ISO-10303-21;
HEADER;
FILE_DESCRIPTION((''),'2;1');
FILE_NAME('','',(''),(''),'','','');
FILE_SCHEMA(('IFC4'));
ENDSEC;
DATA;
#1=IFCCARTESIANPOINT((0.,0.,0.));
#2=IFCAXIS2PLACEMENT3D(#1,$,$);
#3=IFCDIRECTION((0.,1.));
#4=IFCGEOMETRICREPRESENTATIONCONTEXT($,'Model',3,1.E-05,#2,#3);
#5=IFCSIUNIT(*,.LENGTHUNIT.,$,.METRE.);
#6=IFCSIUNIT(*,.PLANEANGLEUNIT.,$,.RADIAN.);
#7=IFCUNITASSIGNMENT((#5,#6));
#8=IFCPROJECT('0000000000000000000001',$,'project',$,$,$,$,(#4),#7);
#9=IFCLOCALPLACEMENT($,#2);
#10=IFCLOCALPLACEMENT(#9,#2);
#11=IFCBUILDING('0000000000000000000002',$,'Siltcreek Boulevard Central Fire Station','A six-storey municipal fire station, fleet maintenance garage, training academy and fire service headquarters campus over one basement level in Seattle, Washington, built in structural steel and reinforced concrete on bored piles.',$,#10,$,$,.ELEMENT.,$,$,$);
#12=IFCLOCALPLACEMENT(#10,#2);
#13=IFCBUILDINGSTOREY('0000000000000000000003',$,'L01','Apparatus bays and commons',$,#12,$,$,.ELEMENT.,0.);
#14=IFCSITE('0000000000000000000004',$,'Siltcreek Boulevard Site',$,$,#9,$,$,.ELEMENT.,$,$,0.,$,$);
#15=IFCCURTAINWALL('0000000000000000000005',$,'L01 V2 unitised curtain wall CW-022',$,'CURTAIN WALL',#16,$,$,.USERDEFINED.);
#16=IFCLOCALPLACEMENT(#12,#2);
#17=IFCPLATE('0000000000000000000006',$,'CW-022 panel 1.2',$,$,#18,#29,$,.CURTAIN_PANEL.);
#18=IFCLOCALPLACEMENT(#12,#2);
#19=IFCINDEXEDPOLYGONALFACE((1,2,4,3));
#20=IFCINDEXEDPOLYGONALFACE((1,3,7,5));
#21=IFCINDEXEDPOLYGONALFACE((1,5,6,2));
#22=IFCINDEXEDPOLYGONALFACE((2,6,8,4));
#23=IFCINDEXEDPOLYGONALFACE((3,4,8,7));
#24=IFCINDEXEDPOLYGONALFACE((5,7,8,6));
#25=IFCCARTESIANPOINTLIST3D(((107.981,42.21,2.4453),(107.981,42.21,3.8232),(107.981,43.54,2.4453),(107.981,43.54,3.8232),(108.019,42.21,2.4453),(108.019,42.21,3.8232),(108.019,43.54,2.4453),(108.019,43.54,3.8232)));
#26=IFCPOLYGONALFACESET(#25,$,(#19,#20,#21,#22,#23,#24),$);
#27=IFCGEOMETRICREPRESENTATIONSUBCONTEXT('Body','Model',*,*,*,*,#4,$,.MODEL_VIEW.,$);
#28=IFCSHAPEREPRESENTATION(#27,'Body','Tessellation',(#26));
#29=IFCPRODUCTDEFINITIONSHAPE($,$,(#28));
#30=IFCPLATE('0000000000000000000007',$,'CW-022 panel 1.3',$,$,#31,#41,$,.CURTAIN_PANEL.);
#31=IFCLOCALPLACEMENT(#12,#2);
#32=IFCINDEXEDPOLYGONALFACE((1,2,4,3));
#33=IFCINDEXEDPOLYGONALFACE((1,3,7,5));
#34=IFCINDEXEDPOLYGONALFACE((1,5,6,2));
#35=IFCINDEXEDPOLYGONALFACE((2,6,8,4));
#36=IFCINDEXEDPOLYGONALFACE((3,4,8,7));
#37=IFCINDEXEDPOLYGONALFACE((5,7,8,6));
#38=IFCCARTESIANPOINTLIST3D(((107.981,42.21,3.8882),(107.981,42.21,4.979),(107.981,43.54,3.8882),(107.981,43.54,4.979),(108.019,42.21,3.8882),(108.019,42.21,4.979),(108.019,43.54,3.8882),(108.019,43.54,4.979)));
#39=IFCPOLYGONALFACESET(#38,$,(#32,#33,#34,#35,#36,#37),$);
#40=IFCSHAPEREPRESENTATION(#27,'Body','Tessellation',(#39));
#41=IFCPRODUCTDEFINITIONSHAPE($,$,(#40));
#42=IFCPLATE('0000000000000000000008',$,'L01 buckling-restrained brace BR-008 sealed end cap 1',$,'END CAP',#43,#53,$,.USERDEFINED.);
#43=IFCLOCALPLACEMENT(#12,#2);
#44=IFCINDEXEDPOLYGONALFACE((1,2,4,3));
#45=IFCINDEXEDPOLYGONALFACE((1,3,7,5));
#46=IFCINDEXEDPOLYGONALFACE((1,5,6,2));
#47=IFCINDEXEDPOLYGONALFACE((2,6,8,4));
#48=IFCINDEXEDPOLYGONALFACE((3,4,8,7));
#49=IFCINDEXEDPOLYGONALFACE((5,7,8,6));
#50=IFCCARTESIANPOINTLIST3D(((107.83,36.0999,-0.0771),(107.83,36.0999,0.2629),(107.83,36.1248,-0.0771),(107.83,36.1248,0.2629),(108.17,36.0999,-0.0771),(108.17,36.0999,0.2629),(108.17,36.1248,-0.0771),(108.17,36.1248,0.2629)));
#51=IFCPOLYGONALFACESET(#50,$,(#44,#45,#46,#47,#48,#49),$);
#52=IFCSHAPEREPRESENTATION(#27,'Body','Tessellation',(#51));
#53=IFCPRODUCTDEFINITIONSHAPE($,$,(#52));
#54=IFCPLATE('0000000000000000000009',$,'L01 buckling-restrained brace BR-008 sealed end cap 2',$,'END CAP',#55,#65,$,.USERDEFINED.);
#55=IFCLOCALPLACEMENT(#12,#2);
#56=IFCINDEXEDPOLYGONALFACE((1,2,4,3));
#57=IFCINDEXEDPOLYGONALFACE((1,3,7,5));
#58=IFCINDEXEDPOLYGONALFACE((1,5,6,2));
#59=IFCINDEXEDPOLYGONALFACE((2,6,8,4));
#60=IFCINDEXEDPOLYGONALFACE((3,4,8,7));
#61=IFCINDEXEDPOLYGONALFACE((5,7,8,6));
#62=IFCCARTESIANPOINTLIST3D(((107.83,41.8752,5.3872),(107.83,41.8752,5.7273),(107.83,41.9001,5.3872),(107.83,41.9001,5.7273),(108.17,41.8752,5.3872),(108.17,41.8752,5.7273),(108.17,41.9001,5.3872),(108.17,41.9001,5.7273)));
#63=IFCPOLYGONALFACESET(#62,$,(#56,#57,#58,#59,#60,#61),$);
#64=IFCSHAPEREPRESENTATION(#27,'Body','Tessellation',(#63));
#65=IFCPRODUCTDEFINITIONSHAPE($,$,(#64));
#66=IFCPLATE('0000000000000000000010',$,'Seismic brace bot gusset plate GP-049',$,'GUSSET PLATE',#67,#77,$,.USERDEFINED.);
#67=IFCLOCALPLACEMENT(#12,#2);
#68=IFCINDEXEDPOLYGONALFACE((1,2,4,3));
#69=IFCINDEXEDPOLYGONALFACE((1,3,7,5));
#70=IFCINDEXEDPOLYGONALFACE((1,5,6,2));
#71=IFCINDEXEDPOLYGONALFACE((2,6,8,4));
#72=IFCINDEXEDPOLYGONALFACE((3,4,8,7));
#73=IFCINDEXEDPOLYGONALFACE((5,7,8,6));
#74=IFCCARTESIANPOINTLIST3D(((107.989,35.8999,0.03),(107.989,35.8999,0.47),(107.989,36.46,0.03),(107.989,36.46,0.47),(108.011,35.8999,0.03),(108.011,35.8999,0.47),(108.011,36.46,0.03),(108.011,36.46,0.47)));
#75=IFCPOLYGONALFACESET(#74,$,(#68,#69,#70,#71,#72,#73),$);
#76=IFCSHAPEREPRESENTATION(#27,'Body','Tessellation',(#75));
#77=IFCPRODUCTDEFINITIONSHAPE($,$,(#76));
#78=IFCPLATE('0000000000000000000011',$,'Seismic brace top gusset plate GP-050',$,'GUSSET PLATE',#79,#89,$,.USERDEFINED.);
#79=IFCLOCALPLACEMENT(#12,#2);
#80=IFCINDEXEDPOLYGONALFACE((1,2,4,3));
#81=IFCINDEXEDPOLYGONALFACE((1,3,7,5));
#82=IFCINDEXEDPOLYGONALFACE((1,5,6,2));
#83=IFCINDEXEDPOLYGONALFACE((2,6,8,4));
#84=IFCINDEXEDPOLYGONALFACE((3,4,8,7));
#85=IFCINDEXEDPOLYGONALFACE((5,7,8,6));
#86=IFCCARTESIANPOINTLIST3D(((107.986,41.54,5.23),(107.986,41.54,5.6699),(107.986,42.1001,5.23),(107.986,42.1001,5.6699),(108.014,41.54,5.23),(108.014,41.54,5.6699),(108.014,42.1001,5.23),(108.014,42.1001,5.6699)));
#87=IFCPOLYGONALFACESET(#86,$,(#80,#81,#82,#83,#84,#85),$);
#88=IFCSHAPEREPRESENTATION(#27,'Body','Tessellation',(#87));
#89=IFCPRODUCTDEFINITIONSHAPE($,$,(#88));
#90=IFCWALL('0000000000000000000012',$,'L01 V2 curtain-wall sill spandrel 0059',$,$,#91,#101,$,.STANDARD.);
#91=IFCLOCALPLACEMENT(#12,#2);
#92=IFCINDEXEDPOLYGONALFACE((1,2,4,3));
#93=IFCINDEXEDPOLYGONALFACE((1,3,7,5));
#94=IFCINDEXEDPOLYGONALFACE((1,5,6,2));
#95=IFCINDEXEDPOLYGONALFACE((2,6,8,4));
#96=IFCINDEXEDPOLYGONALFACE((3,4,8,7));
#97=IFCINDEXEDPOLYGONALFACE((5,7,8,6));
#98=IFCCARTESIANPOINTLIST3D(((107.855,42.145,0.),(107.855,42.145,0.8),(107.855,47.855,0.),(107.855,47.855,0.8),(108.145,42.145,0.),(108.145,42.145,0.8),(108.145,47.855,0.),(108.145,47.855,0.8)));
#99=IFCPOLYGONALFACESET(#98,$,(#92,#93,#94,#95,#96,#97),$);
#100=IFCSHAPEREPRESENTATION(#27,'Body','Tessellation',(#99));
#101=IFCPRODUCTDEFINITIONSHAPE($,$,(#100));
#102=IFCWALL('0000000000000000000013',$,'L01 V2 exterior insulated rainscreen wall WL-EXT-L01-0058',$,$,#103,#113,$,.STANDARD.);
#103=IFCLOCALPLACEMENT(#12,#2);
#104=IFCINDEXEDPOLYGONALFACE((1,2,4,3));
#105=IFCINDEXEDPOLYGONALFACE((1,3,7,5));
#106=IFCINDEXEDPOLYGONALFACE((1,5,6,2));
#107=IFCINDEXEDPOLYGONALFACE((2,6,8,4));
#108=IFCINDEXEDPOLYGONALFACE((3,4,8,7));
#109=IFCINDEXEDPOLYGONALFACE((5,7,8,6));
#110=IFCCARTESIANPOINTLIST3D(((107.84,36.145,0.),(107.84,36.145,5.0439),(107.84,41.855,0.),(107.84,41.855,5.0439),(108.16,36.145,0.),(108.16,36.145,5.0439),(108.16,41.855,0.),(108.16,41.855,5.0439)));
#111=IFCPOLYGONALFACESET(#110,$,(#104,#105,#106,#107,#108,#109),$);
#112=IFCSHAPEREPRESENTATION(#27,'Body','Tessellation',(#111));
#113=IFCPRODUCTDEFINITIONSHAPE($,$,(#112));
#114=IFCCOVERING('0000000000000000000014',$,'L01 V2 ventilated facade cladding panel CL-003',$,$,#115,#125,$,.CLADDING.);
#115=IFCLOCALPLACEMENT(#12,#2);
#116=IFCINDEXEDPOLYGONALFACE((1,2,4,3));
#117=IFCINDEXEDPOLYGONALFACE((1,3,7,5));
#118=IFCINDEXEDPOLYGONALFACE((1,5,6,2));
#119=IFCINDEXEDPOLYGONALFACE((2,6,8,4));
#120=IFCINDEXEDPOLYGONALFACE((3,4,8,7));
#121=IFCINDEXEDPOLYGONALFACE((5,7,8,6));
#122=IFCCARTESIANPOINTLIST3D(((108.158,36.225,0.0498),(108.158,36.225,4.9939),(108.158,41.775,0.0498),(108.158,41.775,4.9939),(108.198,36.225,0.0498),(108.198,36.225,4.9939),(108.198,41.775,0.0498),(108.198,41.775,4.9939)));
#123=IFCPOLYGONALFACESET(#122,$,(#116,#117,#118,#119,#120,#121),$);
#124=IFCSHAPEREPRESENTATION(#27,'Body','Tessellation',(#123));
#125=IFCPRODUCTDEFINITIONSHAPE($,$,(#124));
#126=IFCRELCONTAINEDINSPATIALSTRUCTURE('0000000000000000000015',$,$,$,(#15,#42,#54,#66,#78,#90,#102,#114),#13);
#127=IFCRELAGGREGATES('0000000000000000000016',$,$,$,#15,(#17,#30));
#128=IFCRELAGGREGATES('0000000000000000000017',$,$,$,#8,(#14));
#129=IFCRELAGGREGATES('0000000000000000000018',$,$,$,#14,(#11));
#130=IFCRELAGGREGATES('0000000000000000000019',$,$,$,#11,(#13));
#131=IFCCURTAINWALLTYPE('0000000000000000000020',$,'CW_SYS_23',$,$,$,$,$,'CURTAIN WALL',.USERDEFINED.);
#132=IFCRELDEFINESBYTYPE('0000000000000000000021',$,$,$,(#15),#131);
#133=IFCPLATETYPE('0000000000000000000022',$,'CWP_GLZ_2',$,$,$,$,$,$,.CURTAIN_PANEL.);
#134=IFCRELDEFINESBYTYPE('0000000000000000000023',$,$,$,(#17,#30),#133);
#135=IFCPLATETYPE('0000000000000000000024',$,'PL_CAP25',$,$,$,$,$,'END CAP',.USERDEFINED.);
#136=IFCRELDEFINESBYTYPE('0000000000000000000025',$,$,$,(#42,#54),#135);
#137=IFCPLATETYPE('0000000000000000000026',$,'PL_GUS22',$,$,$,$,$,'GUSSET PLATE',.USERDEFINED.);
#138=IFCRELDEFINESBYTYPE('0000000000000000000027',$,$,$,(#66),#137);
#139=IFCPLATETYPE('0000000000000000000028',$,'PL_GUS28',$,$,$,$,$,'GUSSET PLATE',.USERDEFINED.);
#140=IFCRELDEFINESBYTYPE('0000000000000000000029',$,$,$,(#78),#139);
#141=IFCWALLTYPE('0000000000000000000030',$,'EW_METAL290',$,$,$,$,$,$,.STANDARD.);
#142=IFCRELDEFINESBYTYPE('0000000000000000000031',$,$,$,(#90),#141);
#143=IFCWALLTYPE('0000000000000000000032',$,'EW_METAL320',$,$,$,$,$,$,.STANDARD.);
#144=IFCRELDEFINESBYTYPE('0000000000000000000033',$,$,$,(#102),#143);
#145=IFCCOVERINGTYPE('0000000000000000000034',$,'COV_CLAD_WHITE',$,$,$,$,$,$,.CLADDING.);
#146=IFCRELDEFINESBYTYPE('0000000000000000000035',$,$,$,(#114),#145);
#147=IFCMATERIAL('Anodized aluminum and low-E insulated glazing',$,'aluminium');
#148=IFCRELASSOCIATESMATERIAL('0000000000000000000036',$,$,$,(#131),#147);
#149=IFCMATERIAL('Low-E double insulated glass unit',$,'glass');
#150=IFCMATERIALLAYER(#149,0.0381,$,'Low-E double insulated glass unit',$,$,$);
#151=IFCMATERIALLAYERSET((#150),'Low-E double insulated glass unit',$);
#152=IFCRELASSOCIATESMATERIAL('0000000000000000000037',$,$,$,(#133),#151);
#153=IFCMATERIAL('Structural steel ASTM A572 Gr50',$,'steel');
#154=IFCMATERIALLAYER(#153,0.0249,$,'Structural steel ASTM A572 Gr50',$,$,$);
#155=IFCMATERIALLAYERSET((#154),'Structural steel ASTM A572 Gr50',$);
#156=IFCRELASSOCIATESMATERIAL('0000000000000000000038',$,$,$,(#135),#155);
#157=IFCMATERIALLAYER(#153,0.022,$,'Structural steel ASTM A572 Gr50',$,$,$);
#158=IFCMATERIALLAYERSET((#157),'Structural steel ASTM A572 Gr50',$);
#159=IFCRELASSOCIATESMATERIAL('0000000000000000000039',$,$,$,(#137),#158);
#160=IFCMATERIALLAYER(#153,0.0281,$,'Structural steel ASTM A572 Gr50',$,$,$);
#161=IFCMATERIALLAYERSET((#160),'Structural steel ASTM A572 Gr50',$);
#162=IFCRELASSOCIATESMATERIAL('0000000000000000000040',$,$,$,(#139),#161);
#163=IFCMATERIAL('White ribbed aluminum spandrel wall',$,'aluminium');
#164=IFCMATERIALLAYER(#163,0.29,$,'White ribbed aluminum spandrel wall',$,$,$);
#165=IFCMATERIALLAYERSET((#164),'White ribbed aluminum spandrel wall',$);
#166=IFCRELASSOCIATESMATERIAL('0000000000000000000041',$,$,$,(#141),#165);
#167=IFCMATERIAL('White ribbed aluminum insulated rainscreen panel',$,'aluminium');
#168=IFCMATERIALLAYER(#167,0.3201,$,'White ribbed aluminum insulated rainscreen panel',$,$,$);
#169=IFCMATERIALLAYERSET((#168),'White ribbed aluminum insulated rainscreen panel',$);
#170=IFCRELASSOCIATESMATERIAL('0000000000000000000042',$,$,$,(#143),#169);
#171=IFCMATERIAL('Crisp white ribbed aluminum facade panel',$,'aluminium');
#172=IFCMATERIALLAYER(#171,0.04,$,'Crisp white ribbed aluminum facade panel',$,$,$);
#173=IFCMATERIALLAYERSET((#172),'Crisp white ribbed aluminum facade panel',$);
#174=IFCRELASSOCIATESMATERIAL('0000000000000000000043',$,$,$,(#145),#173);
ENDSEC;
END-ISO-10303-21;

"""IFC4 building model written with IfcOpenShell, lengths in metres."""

from ifc_helpers import new_model, si_unit, direction, frame, frame_2d, origin, origin_2d, place, context, subcontext, project, spatial, rectangle, extrude, material, layer, layer_set, type_object, element, aggregate, save


model = new_model("IFC4")

# Units and contexts
model_context = context("Model", 3, precision=1e-05, world=origin(), true_north=direction((0.0, 1.0)))
body_context = subcontext(model_context, "Body", "Model", "MODEL_VIEW")
ifc_project = project(units=[si_unit("LENGTHUNIT", "METRE"), si_unit("PLANEANGLEUNIT", "RADIAN")], contexts=[model_context])

# Site, building, storey
site_placement = place(None, origin())
site = spatial("IfcSite", under=ifc_project, at=site_placement, Name="Siltcreek Boulevard Site", CompositionType="ELEMENT", RefElevation=0.0)
building_placement = place(site_placement, origin())
building = spatial("IfcBuilding", under=site, at=building_placement, Name="Siltcreek Boulevard Central Fire Station", Description="A six-storey municipal fire station, fleet maintenance garage, training academy and fire service headquarters campus over one basement level in Seattle, Washington, built in structural steel and reinforced concrete on bored piles.", CompositionType="ELEMENT")
storey_placement = place(building_placement, origin())
storey = spatial("IfcBuildingStorey", under=building, at=storey_placement, Name="L01", Description="Apparatus bays and commons", CompositionType="ELEMENT", Elevation=0.0)

# Curtain wall, plates
ifc_material_1 = material(Name="Anodized aluminum and low-E insulated glazing", Category="aluminium")
curtain_wall_type = type_object("IfcCurtainWallType", Name="CW_SYS_23", ElementType="CURTAIN WALL", PredefinedType="USERDEFINED", material=ifc_material_1)
curtain_wall_placement = place(storey_placement, origin())
curtain_wall = element("IfcCurtainWall", 1, at=curtain_wall_placement, inside=storey, type_object=curtain_wall_type, Name="L01 V2 unitised curtain wall CW-022", ObjectType="CURTAIN WALL", PredefinedType="USERDEFINED")
ifc_material_2 = material(Name="Low-E double insulated glass unit", Category="glass")
ifc_layer_1 = layer(ifc_material_2, 0.0381, Name="Low-E double insulated glass unit")
ifc_layer_set_1 = layer_set([ifc_layer_1], Name="Low-E double insulated glass unit")
plate_type_1 = type_object("IfcPlateType", Name="CWP_GLZ_2", PredefinedType="CURTAIN_PANEL", material=ifc_layer_set_1)
plate_1_placement = place(storey_placement, frame((108.0, 42.875, 2.4453), z_axis=(0.0, 0.0, 1.0), x_axis=(0.0, 1.0, 0.0)))
plate_1 = element("IfcPlate", 2, at=plate_1_placement, type_object=plate_type_1, Name="CW-022 panel 1.2", PredefinedType="CURTAIN_PANEL", context=body_context, shape_type="SweptSolid", body=[
    extrude(rectangle(XDim=1.3301, YDim=0.0381, at=origin_2d()), origin(), (0.0, 0.0, 1.0), 1.3779),
])
plate_2_placement = place(storey_placement, frame((108.0, 42.875, 3.8882), z_axis=(0.0, 0.0, 1.0), x_axis=(0.0, 1.0, 0.0)))
plate_2 = element("IfcPlate", 3, at=plate_2_placement, type_object=plate_type_1, Name="CW-022 panel 1.3", PredefinedType="CURTAIN_PANEL", context=body_context, shape_type="SweptSolid", body=[
    extrude(rectangle(XDim=1.3301, YDim=0.0381, at=origin_2d()), origin(), (0.0, 0.0, 1.0), 1.0908),
])
aggregate(curtain_wall, [plate_1, plate_2])

# Plates
ifc_material_3 = material(Name="Structural steel ASTM A572 Gr50", Category="steel")
ifc_layer_2 = layer(ifc_material_3, 0.0249, Name="Structural steel ASTM A572 Gr50")
ifc_layer_set_2 = layer_set([ifc_layer_2], Name="Structural steel ASTM A572 Gr50")
plate_type_2 = type_object("IfcPlateType", Name="PL_CAP25", ElementType="END CAP", PredefinedType="USERDEFINED", material=ifc_layer_set_2)
for number, where, z_axis, x_axis, name in (
    (4, (108.0, 36.1123, -0.0771), (0.0, 0.0, 1.0), (0.0, 1.0, 0.0), "L01 buckling-restrained brace BR-008 sealed end cap 1"),
    (5, (108.0, 41.8877, 5.3872), (0.0, 0.0, 1.0), (0.0, 1.0, 0.0), "L01 buckling-restrained brace BR-008 sealed end cap 2"),
):
    element("IfcPlate", number, at=place(storey_placement, frame(where, z_axis=z_axis, x_axis=x_axis)), inside=storey, type_object=plate_type_2, Name=name, ObjectType="END CAP", PredefinedType="USERDEFINED", context=body_context, shape_type="SweptSolid", body=[
        extrude(rectangle(XDim=0.0249, YDim=0.3401, at=origin_2d()), origin(), (0.0, 0.0, 1.0), 0.3401),
    ])
ifc_layer_3 = layer(ifc_material_3, 0.022, Name="Structural steel ASTM A572 Gr50")
ifc_layer_set_3 = layer_set([ifc_layer_3], Name="Structural steel ASTM A572 Gr50")
plate_type_3 = type_object("IfcPlateType", Name="PL_GUS22", ElementType="GUSSET PLATE", PredefinedType="USERDEFINED", material=ifc_layer_set_3)
plate_3_placement = place(storey_placement, frame((108.0, 36.1799, 0.03), z_axis=(0.0, 0.0, 1.0), x_axis=(0.0, 1.0, 0.0)))
element("IfcPlate", 6, at=plate_3_placement, inside=storey, type_object=plate_type_3, Name="Seismic brace bot gusset plate GP-049", ObjectType="GUSSET PLATE", PredefinedType="USERDEFINED", context=body_context, shape_type="SweptSolid", body=[
    extrude(rectangle(XDim=0.5601, YDim=0.022, at=origin_2d()), origin(), (0.0, 0.0, 1.0), 0.4399),
])
ifc_layer_4 = layer(ifc_material_3, 0.0281, Name="Structural steel ASTM A572 Gr50")
ifc_layer_set_4 = layer_set([ifc_layer_4], Name="Structural steel ASTM A572 Gr50")
plate_type_4 = type_object("IfcPlateType", Name="PL_GUS28", ElementType="GUSSET PLATE", PredefinedType="USERDEFINED", material=ifc_layer_set_4)
plate_4_placement = place(storey_placement, frame((108.0, 41.8201, 5.23), z_axis=(0.0, 0.0, 1.0), x_axis=(0.0, 1.0, 0.0)))
element("IfcPlate", 7, at=plate_4_placement, inside=storey, type_object=plate_type_4, Name="Seismic brace top gusset plate GP-050", ObjectType="GUSSET PLATE", PredefinedType="USERDEFINED", context=body_context, shape_type="SweptSolid", body=[
    extrude(rectangle(XDim=0.5601, YDim=0.0281, at=origin_2d()), origin(), (0.0, 0.0, 1.0), 0.4399),
])

# Walls
ifc_material_4 = material(Name="White ribbed aluminum spandrel wall", Category="aluminium")
ifc_layer_5 = layer(ifc_material_4, 0.29, Name="White ribbed aluminum spandrel wall")
ifc_layer_set_5 = layer_set([ifc_layer_5], Name="White ribbed aluminum spandrel wall")
wall_type_1 = type_object("IfcWallType", Name="EW_METAL290", PredefinedType="STANDARD", material=ifc_layer_set_5)
wall_1_placement = place(storey_placement, frame((108.0, 42.145, 0.0), z_axis=(0.0, 0.0, 1.0), x_axis=(0.0, 1.0, 0.0)))
element("IfcWall", 8, at=wall_1_placement, inside=storey, type_object=wall_type_1, Name="L01 V2 curtain-wall sill spandrel 0059", PredefinedType="STANDARD", context=body_context, shape_type="SweptSolid", body=[
    extrude(rectangle(XDim=5.71, YDim=0.29, at=frame_2d((2.855, 0.0))), origin(), (0.0, 0.0, 1.0), 0.8),
])
ifc_material_5 = material(Name="White ribbed aluminum insulated rainscreen panel", Category="aluminium")
ifc_layer_6 = layer(ifc_material_5, 0.3201, Name="White ribbed aluminum insulated rainscreen panel")
ifc_layer_set_6 = layer_set([ifc_layer_6], Name="White ribbed aluminum insulated rainscreen panel")
wall_type_2 = type_object("IfcWallType", Name="EW_METAL320", PredefinedType="STANDARD", material=ifc_layer_set_6)
wall_2_placement = place(storey_placement, frame((108.0, 36.145, 0.0), z_axis=(0.0, 0.0, 1.0), x_axis=(0.0, 1.0, 0.0)))
element("IfcWall", 9, at=wall_2_placement, inside=storey, type_object=wall_type_2, Name="L01 V2 exterior insulated rainscreen wall WL-EXT-L01-0058", PredefinedType="STANDARD", context=body_context, shape_type="SweptSolid", body=[
    extrude(rectangle(XDim=5.71, YDim=0.3201, at=frame_2d((2.855, 0.0))), origin(), (0.0, 0.0, 1.0), 5.0439),
])

# Covering
ifc_material_6 = material(Name="Crisp white ribbed aluminum facade panel", Category="aluminium")
ifc_layer_7 = layer(ifc_material_6, 0.04, Name="Crisp white ribbed aluminum facade panel")
ifc_layer_set_7 = layer_set([ifc_layer_7], Name="Crisp white ribbed aluminum facade panel")
covering_type = type_object("IfcCoveringType", Name="COV_CLAD_WHITE", PredefinedType="CLADDING", material=ifc_layer_set_7)
covering_placement = place(storey_placement, frame((108.178, 39.0, 0.0498), z_axis=(0.0, 0.0, 1.0), x_axis=(0.0, 1.0, 0.0)))
element("IfcCovering", 10, at=covering_placement, inside=storey, type_object=covering_type, Name="L01 V2 ventilated facade cladding panel CL-003", PredefinedType="CLADDING", context=body_context, shape_type="SweptSolid", body=[
    extrude(rectangle(XDim=5.55, YDim=0.04, at=origin_2d()), origin(), (0.0, 0.0, 1.0), 4.9441),
])

save(model, "model.ifc")
